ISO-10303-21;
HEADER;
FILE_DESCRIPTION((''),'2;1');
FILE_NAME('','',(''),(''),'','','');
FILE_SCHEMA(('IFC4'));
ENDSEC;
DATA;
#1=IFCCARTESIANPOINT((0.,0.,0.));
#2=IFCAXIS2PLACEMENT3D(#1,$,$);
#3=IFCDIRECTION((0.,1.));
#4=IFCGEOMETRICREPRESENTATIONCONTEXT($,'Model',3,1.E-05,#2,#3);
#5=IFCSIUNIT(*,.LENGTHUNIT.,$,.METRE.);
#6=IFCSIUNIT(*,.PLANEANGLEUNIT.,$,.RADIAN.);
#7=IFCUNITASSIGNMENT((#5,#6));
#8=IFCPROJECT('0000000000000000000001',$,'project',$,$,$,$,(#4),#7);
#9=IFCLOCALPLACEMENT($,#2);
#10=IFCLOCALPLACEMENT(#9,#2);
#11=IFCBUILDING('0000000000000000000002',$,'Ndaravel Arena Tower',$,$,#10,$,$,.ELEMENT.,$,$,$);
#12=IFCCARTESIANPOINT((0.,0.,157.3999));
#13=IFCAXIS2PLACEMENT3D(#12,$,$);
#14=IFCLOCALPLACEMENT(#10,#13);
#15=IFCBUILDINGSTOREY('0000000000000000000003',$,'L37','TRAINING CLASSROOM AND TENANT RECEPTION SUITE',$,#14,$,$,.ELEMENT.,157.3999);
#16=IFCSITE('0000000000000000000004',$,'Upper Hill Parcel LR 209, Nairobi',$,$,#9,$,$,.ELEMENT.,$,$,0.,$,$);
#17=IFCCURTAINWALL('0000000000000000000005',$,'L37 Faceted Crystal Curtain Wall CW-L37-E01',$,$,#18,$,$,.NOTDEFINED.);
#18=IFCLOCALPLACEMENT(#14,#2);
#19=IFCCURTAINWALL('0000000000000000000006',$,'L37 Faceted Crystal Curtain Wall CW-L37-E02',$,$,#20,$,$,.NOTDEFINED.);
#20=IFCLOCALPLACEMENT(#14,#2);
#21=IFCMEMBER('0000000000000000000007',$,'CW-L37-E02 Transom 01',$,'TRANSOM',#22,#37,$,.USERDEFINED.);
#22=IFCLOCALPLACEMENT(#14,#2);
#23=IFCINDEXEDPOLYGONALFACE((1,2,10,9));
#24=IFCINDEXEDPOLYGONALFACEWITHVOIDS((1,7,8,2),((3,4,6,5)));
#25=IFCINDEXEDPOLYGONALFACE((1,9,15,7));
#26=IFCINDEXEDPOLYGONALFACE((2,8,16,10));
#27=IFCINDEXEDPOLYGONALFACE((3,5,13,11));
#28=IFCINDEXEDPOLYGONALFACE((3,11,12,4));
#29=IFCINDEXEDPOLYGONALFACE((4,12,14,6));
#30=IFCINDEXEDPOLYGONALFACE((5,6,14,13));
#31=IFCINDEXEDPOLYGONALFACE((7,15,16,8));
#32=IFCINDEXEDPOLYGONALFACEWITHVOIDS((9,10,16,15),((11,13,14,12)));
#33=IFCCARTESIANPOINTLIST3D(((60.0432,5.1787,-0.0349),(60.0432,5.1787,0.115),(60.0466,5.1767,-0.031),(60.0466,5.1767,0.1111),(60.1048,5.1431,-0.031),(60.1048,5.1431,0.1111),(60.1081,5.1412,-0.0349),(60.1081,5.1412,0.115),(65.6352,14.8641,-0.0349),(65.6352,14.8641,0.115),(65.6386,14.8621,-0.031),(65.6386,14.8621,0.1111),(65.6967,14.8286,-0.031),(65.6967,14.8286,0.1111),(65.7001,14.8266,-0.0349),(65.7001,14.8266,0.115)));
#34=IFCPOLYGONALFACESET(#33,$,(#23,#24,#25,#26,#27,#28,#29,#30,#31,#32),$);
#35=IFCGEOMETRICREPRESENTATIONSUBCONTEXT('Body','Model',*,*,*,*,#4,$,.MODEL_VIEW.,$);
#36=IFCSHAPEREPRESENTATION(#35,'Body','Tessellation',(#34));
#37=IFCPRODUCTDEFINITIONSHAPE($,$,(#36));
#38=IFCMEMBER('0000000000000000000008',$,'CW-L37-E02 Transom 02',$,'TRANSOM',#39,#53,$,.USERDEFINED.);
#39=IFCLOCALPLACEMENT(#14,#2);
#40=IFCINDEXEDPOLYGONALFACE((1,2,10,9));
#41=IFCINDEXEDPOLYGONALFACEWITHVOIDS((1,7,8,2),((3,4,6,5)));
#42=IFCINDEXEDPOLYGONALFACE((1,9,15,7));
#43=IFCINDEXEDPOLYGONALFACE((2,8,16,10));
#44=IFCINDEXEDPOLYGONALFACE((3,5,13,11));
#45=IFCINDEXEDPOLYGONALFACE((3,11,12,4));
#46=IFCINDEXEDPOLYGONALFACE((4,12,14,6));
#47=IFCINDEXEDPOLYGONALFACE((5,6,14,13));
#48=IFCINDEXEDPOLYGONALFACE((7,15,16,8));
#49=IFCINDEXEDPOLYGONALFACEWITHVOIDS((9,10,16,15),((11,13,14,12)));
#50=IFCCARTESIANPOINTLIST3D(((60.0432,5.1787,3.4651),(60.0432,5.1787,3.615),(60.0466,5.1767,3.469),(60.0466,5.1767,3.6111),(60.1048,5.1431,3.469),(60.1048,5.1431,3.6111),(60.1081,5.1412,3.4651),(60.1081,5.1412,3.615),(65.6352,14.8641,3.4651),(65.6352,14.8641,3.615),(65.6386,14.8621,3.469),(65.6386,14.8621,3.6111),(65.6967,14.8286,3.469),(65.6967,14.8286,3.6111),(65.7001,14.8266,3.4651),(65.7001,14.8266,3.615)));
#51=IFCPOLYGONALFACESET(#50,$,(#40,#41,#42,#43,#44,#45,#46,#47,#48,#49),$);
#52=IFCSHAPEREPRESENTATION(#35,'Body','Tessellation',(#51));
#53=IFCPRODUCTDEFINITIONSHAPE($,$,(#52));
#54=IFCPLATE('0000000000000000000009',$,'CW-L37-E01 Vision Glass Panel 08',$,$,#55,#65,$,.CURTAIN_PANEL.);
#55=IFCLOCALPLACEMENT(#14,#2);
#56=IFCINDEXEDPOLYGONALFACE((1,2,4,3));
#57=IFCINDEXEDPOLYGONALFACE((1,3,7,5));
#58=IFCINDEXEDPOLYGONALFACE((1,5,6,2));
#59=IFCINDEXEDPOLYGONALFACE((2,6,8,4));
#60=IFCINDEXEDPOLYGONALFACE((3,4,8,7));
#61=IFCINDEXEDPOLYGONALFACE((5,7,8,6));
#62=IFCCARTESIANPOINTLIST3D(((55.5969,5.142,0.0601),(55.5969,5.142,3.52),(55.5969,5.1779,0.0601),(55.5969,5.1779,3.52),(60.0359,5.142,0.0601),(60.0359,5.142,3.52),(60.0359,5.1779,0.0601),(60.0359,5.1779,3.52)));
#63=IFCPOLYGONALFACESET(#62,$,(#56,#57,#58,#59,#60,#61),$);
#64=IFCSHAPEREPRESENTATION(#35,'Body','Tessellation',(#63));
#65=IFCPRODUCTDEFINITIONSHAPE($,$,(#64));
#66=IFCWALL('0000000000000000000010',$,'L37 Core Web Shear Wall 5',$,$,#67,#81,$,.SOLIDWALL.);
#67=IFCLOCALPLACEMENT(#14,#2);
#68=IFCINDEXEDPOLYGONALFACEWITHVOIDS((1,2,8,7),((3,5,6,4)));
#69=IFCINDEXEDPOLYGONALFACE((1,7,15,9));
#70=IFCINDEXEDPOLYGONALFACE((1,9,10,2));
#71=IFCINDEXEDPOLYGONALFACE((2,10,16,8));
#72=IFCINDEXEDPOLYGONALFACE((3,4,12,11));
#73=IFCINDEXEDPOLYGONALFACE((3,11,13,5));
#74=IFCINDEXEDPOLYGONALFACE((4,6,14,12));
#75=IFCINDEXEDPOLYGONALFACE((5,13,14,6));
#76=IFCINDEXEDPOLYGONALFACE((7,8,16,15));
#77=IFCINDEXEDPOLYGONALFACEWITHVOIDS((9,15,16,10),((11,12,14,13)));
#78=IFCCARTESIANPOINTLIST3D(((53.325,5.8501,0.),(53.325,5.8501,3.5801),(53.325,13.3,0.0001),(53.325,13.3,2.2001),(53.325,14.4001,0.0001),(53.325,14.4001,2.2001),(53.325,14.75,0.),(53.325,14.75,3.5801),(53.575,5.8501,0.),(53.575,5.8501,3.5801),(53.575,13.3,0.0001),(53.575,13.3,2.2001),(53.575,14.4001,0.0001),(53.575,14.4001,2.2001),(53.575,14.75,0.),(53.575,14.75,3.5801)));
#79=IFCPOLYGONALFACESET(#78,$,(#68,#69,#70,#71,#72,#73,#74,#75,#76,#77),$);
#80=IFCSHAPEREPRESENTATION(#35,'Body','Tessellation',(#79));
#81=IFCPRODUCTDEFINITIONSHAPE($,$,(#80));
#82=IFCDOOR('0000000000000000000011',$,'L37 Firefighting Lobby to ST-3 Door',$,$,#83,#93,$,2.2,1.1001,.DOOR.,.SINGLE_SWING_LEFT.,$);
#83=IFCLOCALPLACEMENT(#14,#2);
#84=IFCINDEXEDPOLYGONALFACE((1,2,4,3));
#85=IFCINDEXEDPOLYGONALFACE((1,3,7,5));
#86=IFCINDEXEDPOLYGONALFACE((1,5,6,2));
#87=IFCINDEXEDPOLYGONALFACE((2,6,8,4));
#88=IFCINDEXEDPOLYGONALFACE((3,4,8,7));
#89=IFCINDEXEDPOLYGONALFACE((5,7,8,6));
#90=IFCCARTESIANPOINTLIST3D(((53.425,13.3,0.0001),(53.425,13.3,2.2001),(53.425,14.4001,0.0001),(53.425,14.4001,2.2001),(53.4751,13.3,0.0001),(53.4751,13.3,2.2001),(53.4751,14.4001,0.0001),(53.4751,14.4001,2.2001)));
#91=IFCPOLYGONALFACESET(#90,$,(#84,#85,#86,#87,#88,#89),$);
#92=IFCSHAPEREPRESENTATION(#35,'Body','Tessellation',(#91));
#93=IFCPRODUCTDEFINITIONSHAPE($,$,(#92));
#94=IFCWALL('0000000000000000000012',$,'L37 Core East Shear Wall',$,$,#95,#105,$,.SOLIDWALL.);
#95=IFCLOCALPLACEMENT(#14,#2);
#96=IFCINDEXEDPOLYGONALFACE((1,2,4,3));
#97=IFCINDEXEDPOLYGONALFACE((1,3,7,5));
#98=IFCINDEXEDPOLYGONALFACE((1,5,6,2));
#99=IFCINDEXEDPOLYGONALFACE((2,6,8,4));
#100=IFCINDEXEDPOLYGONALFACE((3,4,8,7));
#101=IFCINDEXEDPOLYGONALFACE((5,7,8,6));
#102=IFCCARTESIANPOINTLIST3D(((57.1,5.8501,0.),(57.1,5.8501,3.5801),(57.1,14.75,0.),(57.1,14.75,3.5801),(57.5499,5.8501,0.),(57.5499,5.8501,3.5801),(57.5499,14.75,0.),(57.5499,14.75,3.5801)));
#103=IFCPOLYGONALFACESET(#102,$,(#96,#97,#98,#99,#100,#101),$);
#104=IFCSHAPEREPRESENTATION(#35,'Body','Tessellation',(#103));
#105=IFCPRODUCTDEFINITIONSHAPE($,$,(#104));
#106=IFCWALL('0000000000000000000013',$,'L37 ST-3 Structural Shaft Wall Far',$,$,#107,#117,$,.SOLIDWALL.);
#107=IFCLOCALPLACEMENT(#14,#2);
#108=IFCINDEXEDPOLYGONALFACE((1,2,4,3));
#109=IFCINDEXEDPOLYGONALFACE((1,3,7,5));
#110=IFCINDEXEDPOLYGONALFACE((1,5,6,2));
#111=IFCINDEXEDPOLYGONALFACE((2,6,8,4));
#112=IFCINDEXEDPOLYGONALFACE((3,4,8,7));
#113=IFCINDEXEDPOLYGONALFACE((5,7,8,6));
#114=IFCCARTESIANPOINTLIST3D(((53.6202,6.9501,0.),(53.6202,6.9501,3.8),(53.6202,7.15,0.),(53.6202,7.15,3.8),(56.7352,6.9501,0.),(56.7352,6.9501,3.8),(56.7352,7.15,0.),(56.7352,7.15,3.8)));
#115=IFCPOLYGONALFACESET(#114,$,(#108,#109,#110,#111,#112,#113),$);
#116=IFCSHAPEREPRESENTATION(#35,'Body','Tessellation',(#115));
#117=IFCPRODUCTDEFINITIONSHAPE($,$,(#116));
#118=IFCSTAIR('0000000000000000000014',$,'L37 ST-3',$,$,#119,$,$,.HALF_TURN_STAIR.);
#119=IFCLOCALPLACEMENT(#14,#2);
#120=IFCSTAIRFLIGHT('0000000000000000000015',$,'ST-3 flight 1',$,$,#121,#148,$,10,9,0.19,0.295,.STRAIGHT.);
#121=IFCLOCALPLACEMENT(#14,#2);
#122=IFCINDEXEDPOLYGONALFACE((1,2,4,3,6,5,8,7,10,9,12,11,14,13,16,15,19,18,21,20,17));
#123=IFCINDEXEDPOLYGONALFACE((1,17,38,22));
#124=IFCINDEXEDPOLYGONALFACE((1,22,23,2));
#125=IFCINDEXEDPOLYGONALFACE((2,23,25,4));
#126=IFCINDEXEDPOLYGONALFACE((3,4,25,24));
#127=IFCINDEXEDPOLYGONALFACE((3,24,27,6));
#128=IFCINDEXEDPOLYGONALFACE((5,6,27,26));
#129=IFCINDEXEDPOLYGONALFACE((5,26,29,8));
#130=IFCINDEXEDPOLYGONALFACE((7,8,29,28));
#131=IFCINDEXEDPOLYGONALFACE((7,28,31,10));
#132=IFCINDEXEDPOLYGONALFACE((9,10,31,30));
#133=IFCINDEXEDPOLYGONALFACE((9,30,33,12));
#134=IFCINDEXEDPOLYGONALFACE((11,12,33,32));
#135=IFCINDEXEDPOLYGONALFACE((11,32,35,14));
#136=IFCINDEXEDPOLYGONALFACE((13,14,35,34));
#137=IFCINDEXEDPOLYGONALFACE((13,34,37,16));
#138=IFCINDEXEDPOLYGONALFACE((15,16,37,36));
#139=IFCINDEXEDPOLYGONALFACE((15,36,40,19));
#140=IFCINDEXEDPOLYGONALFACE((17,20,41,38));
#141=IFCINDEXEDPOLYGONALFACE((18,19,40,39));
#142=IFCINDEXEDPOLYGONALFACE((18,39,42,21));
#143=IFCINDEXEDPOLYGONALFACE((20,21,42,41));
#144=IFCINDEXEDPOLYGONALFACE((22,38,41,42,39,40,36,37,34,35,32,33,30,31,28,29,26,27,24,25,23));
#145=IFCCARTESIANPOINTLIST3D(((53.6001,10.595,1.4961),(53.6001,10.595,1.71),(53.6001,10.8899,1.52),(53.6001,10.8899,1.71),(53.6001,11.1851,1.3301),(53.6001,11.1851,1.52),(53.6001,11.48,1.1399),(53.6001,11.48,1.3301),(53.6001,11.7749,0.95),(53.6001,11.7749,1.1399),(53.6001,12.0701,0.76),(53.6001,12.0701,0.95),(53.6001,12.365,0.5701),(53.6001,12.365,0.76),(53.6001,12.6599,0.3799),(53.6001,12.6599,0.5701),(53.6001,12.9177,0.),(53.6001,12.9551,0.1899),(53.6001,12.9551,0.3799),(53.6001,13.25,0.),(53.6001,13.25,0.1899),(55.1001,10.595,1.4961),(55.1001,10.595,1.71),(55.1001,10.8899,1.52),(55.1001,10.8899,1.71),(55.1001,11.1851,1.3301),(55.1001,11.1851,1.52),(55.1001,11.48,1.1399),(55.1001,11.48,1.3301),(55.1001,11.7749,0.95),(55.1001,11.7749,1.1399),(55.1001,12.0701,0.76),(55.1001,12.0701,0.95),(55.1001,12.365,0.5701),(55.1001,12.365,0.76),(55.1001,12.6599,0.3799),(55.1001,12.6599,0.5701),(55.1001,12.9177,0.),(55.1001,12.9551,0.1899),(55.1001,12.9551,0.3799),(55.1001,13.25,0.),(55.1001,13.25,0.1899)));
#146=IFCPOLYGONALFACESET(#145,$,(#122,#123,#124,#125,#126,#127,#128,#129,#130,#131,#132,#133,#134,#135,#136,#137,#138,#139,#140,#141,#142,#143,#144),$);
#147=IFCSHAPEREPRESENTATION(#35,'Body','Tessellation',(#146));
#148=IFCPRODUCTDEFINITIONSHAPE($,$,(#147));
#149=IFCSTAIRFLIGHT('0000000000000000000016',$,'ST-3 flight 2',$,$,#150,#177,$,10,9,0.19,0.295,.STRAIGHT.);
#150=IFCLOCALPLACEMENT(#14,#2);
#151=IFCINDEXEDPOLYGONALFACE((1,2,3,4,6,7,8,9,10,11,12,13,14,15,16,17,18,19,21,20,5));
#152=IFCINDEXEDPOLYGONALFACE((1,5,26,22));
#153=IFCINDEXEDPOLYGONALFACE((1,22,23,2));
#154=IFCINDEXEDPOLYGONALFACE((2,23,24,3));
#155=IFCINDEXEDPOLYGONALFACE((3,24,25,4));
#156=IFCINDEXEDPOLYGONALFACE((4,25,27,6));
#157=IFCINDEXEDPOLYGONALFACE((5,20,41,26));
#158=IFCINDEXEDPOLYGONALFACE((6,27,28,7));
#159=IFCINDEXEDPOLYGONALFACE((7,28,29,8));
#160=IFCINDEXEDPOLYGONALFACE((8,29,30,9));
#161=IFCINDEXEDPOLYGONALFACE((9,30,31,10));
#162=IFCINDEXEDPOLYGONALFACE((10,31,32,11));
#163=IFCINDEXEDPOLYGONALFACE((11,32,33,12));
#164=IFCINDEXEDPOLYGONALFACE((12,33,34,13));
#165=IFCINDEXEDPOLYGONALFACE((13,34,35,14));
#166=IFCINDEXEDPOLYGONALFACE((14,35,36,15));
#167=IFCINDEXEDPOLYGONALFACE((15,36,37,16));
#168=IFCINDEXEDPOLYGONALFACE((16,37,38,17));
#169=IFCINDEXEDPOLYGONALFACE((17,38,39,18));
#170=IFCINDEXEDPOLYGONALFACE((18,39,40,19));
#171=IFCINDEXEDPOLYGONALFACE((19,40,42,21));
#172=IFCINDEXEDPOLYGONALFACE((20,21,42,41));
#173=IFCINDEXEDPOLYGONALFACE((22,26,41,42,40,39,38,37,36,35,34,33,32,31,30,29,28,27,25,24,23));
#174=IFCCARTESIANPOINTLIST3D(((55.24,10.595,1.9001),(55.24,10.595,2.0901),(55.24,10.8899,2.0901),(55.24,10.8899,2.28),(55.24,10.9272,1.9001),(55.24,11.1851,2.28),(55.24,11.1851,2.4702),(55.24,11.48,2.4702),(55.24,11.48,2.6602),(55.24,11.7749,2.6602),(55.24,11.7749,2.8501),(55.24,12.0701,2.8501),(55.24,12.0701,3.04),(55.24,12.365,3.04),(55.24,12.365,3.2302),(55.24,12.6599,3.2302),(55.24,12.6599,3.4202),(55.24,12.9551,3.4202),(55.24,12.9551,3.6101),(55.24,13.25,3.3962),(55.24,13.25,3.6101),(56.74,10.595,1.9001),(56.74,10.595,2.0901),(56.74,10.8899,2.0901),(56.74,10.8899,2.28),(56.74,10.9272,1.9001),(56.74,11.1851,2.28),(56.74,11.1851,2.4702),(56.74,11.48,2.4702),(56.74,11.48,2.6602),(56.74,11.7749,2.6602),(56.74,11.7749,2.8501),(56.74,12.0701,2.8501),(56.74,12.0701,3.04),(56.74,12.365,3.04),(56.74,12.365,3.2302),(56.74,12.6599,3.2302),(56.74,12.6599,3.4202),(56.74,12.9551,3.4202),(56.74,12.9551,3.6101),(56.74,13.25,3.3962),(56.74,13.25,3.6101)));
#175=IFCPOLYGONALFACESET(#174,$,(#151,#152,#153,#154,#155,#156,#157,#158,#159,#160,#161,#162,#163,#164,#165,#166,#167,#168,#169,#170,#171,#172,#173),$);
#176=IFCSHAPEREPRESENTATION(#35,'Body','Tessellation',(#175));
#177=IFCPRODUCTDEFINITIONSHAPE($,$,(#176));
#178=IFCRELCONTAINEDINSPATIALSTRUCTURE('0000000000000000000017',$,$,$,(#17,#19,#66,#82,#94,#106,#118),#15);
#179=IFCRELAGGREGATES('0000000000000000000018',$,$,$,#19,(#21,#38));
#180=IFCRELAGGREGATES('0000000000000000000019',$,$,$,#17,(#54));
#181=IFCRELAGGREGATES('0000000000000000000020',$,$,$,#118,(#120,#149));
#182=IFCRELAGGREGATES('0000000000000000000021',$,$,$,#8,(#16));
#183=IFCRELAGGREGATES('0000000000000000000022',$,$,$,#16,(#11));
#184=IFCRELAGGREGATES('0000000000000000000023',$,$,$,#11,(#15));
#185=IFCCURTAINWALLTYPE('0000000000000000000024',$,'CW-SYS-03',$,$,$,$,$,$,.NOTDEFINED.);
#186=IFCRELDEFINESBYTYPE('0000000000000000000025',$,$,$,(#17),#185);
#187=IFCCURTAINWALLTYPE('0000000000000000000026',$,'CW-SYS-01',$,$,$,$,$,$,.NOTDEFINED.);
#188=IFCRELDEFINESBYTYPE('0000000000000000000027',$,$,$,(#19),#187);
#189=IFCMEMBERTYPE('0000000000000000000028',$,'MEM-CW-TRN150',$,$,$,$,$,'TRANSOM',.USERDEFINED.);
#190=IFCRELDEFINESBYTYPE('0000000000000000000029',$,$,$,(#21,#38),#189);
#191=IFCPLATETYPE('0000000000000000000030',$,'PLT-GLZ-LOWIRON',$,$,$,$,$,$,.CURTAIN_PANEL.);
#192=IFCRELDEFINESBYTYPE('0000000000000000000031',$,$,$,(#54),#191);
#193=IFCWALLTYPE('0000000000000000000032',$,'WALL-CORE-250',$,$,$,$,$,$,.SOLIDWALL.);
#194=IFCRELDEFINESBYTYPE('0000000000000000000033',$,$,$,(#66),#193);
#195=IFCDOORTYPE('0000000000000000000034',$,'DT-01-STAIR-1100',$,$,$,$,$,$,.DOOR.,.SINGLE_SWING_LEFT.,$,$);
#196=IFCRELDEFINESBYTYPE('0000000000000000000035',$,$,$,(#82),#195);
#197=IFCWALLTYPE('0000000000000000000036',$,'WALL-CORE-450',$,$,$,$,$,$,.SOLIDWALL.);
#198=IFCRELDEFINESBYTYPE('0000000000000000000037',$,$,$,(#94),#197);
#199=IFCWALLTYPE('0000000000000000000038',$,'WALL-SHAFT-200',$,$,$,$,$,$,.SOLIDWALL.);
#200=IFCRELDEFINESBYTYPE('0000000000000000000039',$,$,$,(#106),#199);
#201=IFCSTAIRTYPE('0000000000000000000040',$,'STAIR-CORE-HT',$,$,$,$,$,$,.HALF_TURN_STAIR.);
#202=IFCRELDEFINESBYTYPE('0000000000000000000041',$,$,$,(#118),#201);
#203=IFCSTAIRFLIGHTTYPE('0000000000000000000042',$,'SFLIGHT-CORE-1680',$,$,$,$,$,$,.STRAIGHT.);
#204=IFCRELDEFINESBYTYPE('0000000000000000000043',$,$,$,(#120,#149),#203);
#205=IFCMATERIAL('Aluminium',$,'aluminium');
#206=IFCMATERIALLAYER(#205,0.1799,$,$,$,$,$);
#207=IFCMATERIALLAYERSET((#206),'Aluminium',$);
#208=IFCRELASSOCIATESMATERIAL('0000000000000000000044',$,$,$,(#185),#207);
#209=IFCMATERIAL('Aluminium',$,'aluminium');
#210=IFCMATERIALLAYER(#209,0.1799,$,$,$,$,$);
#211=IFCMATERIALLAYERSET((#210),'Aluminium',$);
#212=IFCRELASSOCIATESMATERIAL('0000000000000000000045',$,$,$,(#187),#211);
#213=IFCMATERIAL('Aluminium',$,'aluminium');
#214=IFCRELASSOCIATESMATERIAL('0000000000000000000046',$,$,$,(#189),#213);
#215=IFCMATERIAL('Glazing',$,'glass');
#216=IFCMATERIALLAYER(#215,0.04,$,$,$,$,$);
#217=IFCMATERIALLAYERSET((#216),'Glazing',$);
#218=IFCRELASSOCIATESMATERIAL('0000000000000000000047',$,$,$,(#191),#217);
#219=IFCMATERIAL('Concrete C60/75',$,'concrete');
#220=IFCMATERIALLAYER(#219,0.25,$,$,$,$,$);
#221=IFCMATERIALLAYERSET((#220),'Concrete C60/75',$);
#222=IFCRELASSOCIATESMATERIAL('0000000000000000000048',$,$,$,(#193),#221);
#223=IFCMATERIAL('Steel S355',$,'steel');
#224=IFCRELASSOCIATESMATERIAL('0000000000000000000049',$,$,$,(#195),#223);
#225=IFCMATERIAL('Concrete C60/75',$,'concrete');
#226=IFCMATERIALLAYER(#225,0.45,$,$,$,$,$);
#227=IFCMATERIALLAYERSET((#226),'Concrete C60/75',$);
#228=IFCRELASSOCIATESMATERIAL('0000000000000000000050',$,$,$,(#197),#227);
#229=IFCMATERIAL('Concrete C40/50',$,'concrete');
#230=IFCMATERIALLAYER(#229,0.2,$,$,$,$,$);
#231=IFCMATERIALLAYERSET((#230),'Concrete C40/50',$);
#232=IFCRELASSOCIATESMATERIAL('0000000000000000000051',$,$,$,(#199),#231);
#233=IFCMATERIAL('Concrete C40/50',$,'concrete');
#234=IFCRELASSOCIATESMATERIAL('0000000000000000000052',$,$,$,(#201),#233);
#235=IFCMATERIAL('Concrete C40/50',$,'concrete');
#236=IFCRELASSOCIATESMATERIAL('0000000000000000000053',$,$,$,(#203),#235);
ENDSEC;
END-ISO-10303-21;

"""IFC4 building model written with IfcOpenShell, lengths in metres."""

from ifc_helpers import new_model, si_unit, direction, frame, frame_2d, origin, origin_2d, place, context, subcontext, project, spatial, polyline, rectangle, hollow_rectangle, outline, extrude, material, layer, layer_set, material_profile, profile_set, type_object, element, fill, aggregate, save


model = new_model("IFC4")

# Units and contexts
model_context = context("Model", 3, precision=1e-05, world=origin(), true_north=direction((0.0, 1.0)))
body_context = subcontext(model_context, "Body", "Model", "MODEL_VIEW")
ifc_project = project(units=[si_unit("LENGTHUNIT", "METRE"), si_unit("PLANEANGLEUNIT", "RADIAN")], contexts=[model_context])

# Site, building, storey
site_placement = place(None, origin())
site = spatial("IfcSite", under=ifc_project, at=site_placement, Name="Upper Hill Parcel LR 209, Nairobi", CompositionType="ELEMENT", RefElevation=0.0)
building_placement = place(site_placement, origin())
building = spatial("IfcBuilding", under=site, at=building_placement, Name="Ndaravel Arena Tower", CompositionType="ELEMENT")
storey_placement = place(building_placement, frame((0.0, 0.0, 157.3999)))
storey = spatial("IfcBuildingStorey", under=building, at=storey_placement, Name="L37", Description="TRAINING CLASSROOM AND TENANT RECEPTION SUITE", CompositionType="ELEMENT", Elevation=157.3999)

# Curtain wall
ifc_material_1 = material(Name="Aluminium", Category="aluminium")
ifc_layer_1 = layer(ifc_material_1, 0.1799)
ifc_layer_set_1 = layer_set([ifc_layer_1], Name="Aluminium")
curtain_wall_type_1 = type_object("IfcCurtainWallType", Name="CW-SYS-03", PredefinedType="NOTDEFINED", material=ifc_layer_set_1)
curtain_wall_1_placement = place(storey_placement, origin())
curtain_wall_1 = element("IfcCurtainWall", 1, at=curtain_wall_1_placement, inside=storey, type_object=curtain_wall_type_1, Name="L37 Faceted Crystal Curtain Wall CW-L37-E01", PredefinedType="NOTDEFINED")

# Curtain wall, members
ifc_material_2 = material(Name="Aluminium", Category="aluminium")
ifc_layer_2 = layer(ifc_material_2, 0.1799)
ifc_layer_set_2 = layer_set([ifc_layer_2], Name="Aluminium")
curtain_wall_type_2 = type_object("IfcCurtainWallType", Name="CW-SYS-01", PredefinedType="NOTDEFINED", material=ifc_layer_set_2)
curtain_wall_2_placement = place(storey_placement, origin())
curtain_wall_2 = element("IfcCurtainWall", 2, at=curtain_wall_2_placement, inside=storey, type_object=curtain_wall_type_2, Name="L37 Faceted Crystal Curtain Wall CW-L37-E02", PredefinedType="NOTDEFINED")
ifc_material_3 = material(Name="Aluminium", Category="aluminium")
ifc_material_profile_1 = material_profile(ifc_material_3, hollow_rectangle(XDim=0.075, YDim=0.1499, WallThickness=0.0039, at=origin_2d()), Name="CW TRANSOM 75x150x4")
ifc_profile_set_1 = profile_set([ifc_material_profile_1], Name="Aluminium")
member_type_1 = type_object("IfcMemberType", Name="MEM-CW-TRN150", ElementType="TRANSOM", PredefinedType="USERDEFINED", material=ifc_profile_set_1)
member_1_placement = place(storey_placement, frame((60.0757, 5.1599, 0.04), z_axis=(0.500006, 0.866022, 0.0), x_axis=(-0.866022, 0.500006, 0.0)))
member_1 = element("IfcMember", 3, at=member_1_placement, type_object=member_type_1, Name="CW-L37-E02 Transom 01", ObjectType="TRANSOM", PredefinedType="USERDEFINED", context=body_context, shape_type="SweptSolid", body=[
    extrude(hollow_rectangle(XDim=0.075, YDim=0.1499, WallThickness=0.0039, at=origin_2d()), origin(), (0.0, 0.0, 1.0), 11.1838),
])
member_2_placement = place(storey_placement, frame((60.0757, 5.1599, 3.54), z_axis=(0.500006, 0.866022, 0.0), x_axis=(-0.866022, 0.500006, 0.0)))
member_2 = element("IfcMember", 4, at=member_2_placement, type_object=member_type_1, Name="CW-L37-E02 Transom 02", ObjectType="TRANSOM", PredefinedType="USERDEFINED", context=body_context, shape_type="SweptSolid", body=[
    extrude(hollow_rectangle(XDim=0.075, YDim=0.1499, WallThickness=0.0039, at=origin_2d()), origin(), (0.0, 0.0, 1.0), 11.1838),
])
aggregate(curtain_wall_2, [member_1, member_2])

# Plate
ifc_material_4 = material(Name="Glazing", Category="glass")
ifc_layer_3 = layer(ifc_material_4, 0.04)
ifc_layer_set_3 = layer_set([ifc_layer_3], Name="Glazing")
plate_type = type_object("IfcPlateType", Name="PLT-GLZ-LOWIRON", PredefinedType="CURTAIN_PANEL", material=ifc_layer_set_3)
plate_placement = place(storey_placement, frame((57.8164, 5.1599, 0.0601), z_axis=(0.0, 0.0, 1.0), x_axis=(1.0, 0.0, 0.0)))
plate = element("IfcPlate", 5, at=plate_placement, type_object=plate_type, Name="CW-L37-E01 Vision Glass Panel 08", PredefinedType="CURTAIN_PANEL", context=body_context, shape_type="SweptSolid", body=[
    extrude(rectangle(XDim=4.439, YDim=0.0359, at=origin_2d()), origin(), (0.0, 0.0, 1.0), 3.46),
])
aggregate(curtain_wall_1, [plate])

# Wall, opening, door
ifc_material_5 = material(Name="Concrete C60/75", Category="concrete")
ifc_layer_4 = layer(ifc_material_5, 0.25)
ifc_layer_set_4 = layer_set([ifc_layer_4], Name="Concrete C60/75")
wall_type_1 = type_object("IfcWallType", Name="WALL-CORE-250", PredefinedType="SOLIDWALL", material=ifc_layer_set_4)
wall_1_placement = place(storey_placement, frame((53.45, 5.8501, 0.0), z_axis=(0.0, 0.0, 1.0), x_axis=(0.0, 1.0, 0.0)))
wall_1 = element("IfcWall", 6, at=wall_1_placement, inside=storey, type_object=wall_type_1, Name="L37 Core Web Shear Wall 5", PredefinedType="SOLIDWALL", context=body_context, shape_type="SweptSolid", body=[
    extrude(rectangle(XDim=8.8999, YDim=0.25, at=frame_2d((4.45, 0.0))), origin(), (0.0, 0.0, 1.0), 3.5801),
])
opening_placement = place(wall_1_placement, frame((7.45, 0.0, 0.0)))
opening = element("IfcOpeningElement", 7, at=opening_placement, cuts=wall_1, PredefinedType="OPENING", context=body_context, shape_type="SweptSolid", body=[
    extrude(rectangle(XDim=1.1001, YDim=2.2, at=frame_2d((0.55, 1.1001))), frame((0.0, 0.125, 0.0), z_axis=(0.0, -1.0, 0.0), x_axis=(1.0, 0.0, 0.0)), (0.0, 0.0, 1.0), 0.25),
])
ifc_material_6 = material(Name="Steel S355", Category="steel")
door_type = type_object("IfcDoorType", Name="DT-01-STAIR-1100", OperationType="SINGLE_SWING_LEFT", PredefinedType="DOOR", material=ifc_material_6)
door_placement = place(opening_placement, origin())
door = element("IfcDoor", 8, at=door_placement, inside=storey, type_object=door_type, Name="L37 Firefighting Lobby to ST-3 Door", OperationType="SINGLE_SWING_LEFT", OverallHeight=2.2, OverallWidth=1.1001, PredefinedType="DOOR", context=body_context, shape_type="SweptSolid", body=[
    extrude(rectangle(XDim=1.1001, YDim=2.2, at=frame_2d((0.55, 1.1001))), frame((0.0, 0.0249, 0.0), z_axis=(0.0, -1.0, 0.0), x_axis=(1.0, 0.0, 0.0)), (0.0, 0.0, 1.0), 0.05),
])
fill(opening, door)

# Walls
ifc_material_7 = material(Name="Concrete C60/75", Category="concrete")
ifc_layer_5 = layer(ifc_material_7, 0.45)
ifc_layer_set_5 = layer_set([ifc_layer_5], Name="Concrete C60/75")
wall_type_2 = type_object("IfcWallType", Name="WALL-CORE-450", PredefinedType="SOLIDWALL", material=ifc_layer_set_5)
wall_2_placement = place(storey_placement, frame((57.325, 5.8501, 0.0), z_axis=(0.0, 0.0, 1.0), x_axis=(0.0, 1.0, 0.0)))
element("IfcWall", 9, at=wall_2_placement, inside=storey, type_object=wall_type_2, Name="L37 Core East Shear Wall", PredefinedType="SOLIDWALL", context=body_context, shape_type="SweptSolid", body=[
    extrude(rectangle(XDim=8.8999, YDim=0.45, at=frame_2d((4.45, 0.0))), origin(), (0.0, 0.0, 1.0), 3.5801),
])
ifc_material_8 = material(Name="Concrete C40/50", Category="concrete")
ifc_layer_6 = layer(ifc_material_8, 0.2)
ifc_layer_set_6 = layer_set([ifc_layer_6], Name="Concrete C40/50")
wall_type_3 = type_object("IfcWallType", Name="WALL-SHAFT-200", PredefinedType="SOLIDWALL", material=ifc_layer_set_6)
wall_3_placement = place(storey_placement, frame((53.6201, 7.05, 0.0), z_axis=(0.0, 0.0, 1.0), x_axis=(1.0, 0.0, 0.0)))
element("IfcWall", 10, at=wall_3_placement, inside=storey, type_object=wall_type_3, Name="L37 ST-3 Structural Shaft Wall Far", PredefinedType="SOLIDWALL", context=body_context, shape_type="SweptSolid", body=[
    extrude(rectangle(XDim=3.115, YDim=0.2, at=frame_2d((1.5576, 0.0))), origin(), (0.0, 0.0, 1.0), 3.8),
])

# Stair, stair flights
ifc_material_9 = material(Name="Concrete C40/50", Category="concrete")
stair_type = type_object("IfcStairType", Name="STAIR-CORE-HT", PredefinedType="HALF_TURN_STAIR", material=ifc_material_9)
stair_placement = place(storey_placement, origin())
stair = element("IfcStair", 11, at=stair_placement, inside=storey, type_object=stair_type, Name="L37 ST-3", PredefinedType="HALF_TURN_STAIR")
ifc_material_10 = material(Name="Concrete C40/50", Category="concrete")
stair_flight_type = type_object("IfcStairFlightType", Name="SFLIGHT-CORE-1680", PredefinedType="STRAIGHT", material=ifc_material_10)
stair_flight_1_placement = place(storey_placement, frame((54.3501, 13.25, 0.0), z_axis=(0.0, 0.0, 1.0), x_axis=(0.0, -1.0, 0.0)))
stair_flight_1 = element("IfcStairFlight", 12, at=stair_flight_1_placement, type_object=stair_flight_type, Name="ST-3 flight 1", NumberOfRisers=10, NumberOfTreads=9, PredefinedType="STRAIGHT", RiserHeight=0.19, TreadLength=0.295, context=body_context, shape_type="SweptSolid", body=[
    extrude(outline(polyline([(0.0, 0.0), (0.0, 0.1899), (0.2949, 0.1899), (0.2949, 0.3799), (0.5901, 0.3799), (0.5901, 0.5701), (0.885, 0.5701), (0.885, 0.76), (1.1799, 0.76), (1.1799, 0.95), (1.4751, 0.95), (1.4751, 1.1399), (1.77, 1.1399), (1.77, 1.3301), (2.0649, 1.3301), (2.0649, 1.52), (2.3601, 1.52), (2.3601, 1.71), (2.655, 1.71), (2.655, 1.8999), (2.655, 1.4961), (0.3323, 0.0), (0.0, 0.0)])), frame((0.0, 0.75, 0.0), z_axis=(0.0, -1.0, 0.0), x_axis=(1.0, 0.0, 0.0)), (0.0, 0.0, 1.0), 1.5),
])
stair_flight_2_placement = place(storey_placement, frame((55.99, 10.595, 1.9001), z_axis=(0.0, 0.0, 1.0), x_axis=(0.0, 1.0, 0.0)))
stair_flight_2 = element("IfcStairFlight", 13, at=stair_flight_2_placement, type_object=stair_flight_type, Name="ST-3 flight 2", NumberOfRisers=10, NumberOfTreads=9, PredefinedType="STRAIGHT", RiserHeight=0.19, TreadLength=0.295, context=body_context, shape_type="SweptSolid", body=[
    extrude(outline(polyline([(0.0, 0.0), (0.0, 0.1899), (0.2949, 0.1899), (0.2949, 0.3799), (0.5901, 0.3799), (0.5901, 0.5701), (0.885, 0.5701), (0.885, 0.76), (1.1799, 0.76), (1.1799, 0.95), (1.4751, 0.95), (1.4751, 1.1399), (1.77, 1.1399), (1.77, 1.3301), (2.0649, 1.3301), (2.0649, 1.52), (2.3601, 1.52), (2.3601, 1.71), (2.655, 1.71), (2.655, 1.8999), (2.655, 1.4961), (0.3323, 0.0), (0.0, 0.0)])), frame((0.0, 0.75, 0.0), z_axis=(0.0, -1.0, 0.0), x_axis=(1.0, 0.0, 0.0)), (0.0, 0.0, 1.0), 1.5),
])
aggregate(stair, [stair_flight_1, stair_flight_2])

save(model, "model.ifc")
